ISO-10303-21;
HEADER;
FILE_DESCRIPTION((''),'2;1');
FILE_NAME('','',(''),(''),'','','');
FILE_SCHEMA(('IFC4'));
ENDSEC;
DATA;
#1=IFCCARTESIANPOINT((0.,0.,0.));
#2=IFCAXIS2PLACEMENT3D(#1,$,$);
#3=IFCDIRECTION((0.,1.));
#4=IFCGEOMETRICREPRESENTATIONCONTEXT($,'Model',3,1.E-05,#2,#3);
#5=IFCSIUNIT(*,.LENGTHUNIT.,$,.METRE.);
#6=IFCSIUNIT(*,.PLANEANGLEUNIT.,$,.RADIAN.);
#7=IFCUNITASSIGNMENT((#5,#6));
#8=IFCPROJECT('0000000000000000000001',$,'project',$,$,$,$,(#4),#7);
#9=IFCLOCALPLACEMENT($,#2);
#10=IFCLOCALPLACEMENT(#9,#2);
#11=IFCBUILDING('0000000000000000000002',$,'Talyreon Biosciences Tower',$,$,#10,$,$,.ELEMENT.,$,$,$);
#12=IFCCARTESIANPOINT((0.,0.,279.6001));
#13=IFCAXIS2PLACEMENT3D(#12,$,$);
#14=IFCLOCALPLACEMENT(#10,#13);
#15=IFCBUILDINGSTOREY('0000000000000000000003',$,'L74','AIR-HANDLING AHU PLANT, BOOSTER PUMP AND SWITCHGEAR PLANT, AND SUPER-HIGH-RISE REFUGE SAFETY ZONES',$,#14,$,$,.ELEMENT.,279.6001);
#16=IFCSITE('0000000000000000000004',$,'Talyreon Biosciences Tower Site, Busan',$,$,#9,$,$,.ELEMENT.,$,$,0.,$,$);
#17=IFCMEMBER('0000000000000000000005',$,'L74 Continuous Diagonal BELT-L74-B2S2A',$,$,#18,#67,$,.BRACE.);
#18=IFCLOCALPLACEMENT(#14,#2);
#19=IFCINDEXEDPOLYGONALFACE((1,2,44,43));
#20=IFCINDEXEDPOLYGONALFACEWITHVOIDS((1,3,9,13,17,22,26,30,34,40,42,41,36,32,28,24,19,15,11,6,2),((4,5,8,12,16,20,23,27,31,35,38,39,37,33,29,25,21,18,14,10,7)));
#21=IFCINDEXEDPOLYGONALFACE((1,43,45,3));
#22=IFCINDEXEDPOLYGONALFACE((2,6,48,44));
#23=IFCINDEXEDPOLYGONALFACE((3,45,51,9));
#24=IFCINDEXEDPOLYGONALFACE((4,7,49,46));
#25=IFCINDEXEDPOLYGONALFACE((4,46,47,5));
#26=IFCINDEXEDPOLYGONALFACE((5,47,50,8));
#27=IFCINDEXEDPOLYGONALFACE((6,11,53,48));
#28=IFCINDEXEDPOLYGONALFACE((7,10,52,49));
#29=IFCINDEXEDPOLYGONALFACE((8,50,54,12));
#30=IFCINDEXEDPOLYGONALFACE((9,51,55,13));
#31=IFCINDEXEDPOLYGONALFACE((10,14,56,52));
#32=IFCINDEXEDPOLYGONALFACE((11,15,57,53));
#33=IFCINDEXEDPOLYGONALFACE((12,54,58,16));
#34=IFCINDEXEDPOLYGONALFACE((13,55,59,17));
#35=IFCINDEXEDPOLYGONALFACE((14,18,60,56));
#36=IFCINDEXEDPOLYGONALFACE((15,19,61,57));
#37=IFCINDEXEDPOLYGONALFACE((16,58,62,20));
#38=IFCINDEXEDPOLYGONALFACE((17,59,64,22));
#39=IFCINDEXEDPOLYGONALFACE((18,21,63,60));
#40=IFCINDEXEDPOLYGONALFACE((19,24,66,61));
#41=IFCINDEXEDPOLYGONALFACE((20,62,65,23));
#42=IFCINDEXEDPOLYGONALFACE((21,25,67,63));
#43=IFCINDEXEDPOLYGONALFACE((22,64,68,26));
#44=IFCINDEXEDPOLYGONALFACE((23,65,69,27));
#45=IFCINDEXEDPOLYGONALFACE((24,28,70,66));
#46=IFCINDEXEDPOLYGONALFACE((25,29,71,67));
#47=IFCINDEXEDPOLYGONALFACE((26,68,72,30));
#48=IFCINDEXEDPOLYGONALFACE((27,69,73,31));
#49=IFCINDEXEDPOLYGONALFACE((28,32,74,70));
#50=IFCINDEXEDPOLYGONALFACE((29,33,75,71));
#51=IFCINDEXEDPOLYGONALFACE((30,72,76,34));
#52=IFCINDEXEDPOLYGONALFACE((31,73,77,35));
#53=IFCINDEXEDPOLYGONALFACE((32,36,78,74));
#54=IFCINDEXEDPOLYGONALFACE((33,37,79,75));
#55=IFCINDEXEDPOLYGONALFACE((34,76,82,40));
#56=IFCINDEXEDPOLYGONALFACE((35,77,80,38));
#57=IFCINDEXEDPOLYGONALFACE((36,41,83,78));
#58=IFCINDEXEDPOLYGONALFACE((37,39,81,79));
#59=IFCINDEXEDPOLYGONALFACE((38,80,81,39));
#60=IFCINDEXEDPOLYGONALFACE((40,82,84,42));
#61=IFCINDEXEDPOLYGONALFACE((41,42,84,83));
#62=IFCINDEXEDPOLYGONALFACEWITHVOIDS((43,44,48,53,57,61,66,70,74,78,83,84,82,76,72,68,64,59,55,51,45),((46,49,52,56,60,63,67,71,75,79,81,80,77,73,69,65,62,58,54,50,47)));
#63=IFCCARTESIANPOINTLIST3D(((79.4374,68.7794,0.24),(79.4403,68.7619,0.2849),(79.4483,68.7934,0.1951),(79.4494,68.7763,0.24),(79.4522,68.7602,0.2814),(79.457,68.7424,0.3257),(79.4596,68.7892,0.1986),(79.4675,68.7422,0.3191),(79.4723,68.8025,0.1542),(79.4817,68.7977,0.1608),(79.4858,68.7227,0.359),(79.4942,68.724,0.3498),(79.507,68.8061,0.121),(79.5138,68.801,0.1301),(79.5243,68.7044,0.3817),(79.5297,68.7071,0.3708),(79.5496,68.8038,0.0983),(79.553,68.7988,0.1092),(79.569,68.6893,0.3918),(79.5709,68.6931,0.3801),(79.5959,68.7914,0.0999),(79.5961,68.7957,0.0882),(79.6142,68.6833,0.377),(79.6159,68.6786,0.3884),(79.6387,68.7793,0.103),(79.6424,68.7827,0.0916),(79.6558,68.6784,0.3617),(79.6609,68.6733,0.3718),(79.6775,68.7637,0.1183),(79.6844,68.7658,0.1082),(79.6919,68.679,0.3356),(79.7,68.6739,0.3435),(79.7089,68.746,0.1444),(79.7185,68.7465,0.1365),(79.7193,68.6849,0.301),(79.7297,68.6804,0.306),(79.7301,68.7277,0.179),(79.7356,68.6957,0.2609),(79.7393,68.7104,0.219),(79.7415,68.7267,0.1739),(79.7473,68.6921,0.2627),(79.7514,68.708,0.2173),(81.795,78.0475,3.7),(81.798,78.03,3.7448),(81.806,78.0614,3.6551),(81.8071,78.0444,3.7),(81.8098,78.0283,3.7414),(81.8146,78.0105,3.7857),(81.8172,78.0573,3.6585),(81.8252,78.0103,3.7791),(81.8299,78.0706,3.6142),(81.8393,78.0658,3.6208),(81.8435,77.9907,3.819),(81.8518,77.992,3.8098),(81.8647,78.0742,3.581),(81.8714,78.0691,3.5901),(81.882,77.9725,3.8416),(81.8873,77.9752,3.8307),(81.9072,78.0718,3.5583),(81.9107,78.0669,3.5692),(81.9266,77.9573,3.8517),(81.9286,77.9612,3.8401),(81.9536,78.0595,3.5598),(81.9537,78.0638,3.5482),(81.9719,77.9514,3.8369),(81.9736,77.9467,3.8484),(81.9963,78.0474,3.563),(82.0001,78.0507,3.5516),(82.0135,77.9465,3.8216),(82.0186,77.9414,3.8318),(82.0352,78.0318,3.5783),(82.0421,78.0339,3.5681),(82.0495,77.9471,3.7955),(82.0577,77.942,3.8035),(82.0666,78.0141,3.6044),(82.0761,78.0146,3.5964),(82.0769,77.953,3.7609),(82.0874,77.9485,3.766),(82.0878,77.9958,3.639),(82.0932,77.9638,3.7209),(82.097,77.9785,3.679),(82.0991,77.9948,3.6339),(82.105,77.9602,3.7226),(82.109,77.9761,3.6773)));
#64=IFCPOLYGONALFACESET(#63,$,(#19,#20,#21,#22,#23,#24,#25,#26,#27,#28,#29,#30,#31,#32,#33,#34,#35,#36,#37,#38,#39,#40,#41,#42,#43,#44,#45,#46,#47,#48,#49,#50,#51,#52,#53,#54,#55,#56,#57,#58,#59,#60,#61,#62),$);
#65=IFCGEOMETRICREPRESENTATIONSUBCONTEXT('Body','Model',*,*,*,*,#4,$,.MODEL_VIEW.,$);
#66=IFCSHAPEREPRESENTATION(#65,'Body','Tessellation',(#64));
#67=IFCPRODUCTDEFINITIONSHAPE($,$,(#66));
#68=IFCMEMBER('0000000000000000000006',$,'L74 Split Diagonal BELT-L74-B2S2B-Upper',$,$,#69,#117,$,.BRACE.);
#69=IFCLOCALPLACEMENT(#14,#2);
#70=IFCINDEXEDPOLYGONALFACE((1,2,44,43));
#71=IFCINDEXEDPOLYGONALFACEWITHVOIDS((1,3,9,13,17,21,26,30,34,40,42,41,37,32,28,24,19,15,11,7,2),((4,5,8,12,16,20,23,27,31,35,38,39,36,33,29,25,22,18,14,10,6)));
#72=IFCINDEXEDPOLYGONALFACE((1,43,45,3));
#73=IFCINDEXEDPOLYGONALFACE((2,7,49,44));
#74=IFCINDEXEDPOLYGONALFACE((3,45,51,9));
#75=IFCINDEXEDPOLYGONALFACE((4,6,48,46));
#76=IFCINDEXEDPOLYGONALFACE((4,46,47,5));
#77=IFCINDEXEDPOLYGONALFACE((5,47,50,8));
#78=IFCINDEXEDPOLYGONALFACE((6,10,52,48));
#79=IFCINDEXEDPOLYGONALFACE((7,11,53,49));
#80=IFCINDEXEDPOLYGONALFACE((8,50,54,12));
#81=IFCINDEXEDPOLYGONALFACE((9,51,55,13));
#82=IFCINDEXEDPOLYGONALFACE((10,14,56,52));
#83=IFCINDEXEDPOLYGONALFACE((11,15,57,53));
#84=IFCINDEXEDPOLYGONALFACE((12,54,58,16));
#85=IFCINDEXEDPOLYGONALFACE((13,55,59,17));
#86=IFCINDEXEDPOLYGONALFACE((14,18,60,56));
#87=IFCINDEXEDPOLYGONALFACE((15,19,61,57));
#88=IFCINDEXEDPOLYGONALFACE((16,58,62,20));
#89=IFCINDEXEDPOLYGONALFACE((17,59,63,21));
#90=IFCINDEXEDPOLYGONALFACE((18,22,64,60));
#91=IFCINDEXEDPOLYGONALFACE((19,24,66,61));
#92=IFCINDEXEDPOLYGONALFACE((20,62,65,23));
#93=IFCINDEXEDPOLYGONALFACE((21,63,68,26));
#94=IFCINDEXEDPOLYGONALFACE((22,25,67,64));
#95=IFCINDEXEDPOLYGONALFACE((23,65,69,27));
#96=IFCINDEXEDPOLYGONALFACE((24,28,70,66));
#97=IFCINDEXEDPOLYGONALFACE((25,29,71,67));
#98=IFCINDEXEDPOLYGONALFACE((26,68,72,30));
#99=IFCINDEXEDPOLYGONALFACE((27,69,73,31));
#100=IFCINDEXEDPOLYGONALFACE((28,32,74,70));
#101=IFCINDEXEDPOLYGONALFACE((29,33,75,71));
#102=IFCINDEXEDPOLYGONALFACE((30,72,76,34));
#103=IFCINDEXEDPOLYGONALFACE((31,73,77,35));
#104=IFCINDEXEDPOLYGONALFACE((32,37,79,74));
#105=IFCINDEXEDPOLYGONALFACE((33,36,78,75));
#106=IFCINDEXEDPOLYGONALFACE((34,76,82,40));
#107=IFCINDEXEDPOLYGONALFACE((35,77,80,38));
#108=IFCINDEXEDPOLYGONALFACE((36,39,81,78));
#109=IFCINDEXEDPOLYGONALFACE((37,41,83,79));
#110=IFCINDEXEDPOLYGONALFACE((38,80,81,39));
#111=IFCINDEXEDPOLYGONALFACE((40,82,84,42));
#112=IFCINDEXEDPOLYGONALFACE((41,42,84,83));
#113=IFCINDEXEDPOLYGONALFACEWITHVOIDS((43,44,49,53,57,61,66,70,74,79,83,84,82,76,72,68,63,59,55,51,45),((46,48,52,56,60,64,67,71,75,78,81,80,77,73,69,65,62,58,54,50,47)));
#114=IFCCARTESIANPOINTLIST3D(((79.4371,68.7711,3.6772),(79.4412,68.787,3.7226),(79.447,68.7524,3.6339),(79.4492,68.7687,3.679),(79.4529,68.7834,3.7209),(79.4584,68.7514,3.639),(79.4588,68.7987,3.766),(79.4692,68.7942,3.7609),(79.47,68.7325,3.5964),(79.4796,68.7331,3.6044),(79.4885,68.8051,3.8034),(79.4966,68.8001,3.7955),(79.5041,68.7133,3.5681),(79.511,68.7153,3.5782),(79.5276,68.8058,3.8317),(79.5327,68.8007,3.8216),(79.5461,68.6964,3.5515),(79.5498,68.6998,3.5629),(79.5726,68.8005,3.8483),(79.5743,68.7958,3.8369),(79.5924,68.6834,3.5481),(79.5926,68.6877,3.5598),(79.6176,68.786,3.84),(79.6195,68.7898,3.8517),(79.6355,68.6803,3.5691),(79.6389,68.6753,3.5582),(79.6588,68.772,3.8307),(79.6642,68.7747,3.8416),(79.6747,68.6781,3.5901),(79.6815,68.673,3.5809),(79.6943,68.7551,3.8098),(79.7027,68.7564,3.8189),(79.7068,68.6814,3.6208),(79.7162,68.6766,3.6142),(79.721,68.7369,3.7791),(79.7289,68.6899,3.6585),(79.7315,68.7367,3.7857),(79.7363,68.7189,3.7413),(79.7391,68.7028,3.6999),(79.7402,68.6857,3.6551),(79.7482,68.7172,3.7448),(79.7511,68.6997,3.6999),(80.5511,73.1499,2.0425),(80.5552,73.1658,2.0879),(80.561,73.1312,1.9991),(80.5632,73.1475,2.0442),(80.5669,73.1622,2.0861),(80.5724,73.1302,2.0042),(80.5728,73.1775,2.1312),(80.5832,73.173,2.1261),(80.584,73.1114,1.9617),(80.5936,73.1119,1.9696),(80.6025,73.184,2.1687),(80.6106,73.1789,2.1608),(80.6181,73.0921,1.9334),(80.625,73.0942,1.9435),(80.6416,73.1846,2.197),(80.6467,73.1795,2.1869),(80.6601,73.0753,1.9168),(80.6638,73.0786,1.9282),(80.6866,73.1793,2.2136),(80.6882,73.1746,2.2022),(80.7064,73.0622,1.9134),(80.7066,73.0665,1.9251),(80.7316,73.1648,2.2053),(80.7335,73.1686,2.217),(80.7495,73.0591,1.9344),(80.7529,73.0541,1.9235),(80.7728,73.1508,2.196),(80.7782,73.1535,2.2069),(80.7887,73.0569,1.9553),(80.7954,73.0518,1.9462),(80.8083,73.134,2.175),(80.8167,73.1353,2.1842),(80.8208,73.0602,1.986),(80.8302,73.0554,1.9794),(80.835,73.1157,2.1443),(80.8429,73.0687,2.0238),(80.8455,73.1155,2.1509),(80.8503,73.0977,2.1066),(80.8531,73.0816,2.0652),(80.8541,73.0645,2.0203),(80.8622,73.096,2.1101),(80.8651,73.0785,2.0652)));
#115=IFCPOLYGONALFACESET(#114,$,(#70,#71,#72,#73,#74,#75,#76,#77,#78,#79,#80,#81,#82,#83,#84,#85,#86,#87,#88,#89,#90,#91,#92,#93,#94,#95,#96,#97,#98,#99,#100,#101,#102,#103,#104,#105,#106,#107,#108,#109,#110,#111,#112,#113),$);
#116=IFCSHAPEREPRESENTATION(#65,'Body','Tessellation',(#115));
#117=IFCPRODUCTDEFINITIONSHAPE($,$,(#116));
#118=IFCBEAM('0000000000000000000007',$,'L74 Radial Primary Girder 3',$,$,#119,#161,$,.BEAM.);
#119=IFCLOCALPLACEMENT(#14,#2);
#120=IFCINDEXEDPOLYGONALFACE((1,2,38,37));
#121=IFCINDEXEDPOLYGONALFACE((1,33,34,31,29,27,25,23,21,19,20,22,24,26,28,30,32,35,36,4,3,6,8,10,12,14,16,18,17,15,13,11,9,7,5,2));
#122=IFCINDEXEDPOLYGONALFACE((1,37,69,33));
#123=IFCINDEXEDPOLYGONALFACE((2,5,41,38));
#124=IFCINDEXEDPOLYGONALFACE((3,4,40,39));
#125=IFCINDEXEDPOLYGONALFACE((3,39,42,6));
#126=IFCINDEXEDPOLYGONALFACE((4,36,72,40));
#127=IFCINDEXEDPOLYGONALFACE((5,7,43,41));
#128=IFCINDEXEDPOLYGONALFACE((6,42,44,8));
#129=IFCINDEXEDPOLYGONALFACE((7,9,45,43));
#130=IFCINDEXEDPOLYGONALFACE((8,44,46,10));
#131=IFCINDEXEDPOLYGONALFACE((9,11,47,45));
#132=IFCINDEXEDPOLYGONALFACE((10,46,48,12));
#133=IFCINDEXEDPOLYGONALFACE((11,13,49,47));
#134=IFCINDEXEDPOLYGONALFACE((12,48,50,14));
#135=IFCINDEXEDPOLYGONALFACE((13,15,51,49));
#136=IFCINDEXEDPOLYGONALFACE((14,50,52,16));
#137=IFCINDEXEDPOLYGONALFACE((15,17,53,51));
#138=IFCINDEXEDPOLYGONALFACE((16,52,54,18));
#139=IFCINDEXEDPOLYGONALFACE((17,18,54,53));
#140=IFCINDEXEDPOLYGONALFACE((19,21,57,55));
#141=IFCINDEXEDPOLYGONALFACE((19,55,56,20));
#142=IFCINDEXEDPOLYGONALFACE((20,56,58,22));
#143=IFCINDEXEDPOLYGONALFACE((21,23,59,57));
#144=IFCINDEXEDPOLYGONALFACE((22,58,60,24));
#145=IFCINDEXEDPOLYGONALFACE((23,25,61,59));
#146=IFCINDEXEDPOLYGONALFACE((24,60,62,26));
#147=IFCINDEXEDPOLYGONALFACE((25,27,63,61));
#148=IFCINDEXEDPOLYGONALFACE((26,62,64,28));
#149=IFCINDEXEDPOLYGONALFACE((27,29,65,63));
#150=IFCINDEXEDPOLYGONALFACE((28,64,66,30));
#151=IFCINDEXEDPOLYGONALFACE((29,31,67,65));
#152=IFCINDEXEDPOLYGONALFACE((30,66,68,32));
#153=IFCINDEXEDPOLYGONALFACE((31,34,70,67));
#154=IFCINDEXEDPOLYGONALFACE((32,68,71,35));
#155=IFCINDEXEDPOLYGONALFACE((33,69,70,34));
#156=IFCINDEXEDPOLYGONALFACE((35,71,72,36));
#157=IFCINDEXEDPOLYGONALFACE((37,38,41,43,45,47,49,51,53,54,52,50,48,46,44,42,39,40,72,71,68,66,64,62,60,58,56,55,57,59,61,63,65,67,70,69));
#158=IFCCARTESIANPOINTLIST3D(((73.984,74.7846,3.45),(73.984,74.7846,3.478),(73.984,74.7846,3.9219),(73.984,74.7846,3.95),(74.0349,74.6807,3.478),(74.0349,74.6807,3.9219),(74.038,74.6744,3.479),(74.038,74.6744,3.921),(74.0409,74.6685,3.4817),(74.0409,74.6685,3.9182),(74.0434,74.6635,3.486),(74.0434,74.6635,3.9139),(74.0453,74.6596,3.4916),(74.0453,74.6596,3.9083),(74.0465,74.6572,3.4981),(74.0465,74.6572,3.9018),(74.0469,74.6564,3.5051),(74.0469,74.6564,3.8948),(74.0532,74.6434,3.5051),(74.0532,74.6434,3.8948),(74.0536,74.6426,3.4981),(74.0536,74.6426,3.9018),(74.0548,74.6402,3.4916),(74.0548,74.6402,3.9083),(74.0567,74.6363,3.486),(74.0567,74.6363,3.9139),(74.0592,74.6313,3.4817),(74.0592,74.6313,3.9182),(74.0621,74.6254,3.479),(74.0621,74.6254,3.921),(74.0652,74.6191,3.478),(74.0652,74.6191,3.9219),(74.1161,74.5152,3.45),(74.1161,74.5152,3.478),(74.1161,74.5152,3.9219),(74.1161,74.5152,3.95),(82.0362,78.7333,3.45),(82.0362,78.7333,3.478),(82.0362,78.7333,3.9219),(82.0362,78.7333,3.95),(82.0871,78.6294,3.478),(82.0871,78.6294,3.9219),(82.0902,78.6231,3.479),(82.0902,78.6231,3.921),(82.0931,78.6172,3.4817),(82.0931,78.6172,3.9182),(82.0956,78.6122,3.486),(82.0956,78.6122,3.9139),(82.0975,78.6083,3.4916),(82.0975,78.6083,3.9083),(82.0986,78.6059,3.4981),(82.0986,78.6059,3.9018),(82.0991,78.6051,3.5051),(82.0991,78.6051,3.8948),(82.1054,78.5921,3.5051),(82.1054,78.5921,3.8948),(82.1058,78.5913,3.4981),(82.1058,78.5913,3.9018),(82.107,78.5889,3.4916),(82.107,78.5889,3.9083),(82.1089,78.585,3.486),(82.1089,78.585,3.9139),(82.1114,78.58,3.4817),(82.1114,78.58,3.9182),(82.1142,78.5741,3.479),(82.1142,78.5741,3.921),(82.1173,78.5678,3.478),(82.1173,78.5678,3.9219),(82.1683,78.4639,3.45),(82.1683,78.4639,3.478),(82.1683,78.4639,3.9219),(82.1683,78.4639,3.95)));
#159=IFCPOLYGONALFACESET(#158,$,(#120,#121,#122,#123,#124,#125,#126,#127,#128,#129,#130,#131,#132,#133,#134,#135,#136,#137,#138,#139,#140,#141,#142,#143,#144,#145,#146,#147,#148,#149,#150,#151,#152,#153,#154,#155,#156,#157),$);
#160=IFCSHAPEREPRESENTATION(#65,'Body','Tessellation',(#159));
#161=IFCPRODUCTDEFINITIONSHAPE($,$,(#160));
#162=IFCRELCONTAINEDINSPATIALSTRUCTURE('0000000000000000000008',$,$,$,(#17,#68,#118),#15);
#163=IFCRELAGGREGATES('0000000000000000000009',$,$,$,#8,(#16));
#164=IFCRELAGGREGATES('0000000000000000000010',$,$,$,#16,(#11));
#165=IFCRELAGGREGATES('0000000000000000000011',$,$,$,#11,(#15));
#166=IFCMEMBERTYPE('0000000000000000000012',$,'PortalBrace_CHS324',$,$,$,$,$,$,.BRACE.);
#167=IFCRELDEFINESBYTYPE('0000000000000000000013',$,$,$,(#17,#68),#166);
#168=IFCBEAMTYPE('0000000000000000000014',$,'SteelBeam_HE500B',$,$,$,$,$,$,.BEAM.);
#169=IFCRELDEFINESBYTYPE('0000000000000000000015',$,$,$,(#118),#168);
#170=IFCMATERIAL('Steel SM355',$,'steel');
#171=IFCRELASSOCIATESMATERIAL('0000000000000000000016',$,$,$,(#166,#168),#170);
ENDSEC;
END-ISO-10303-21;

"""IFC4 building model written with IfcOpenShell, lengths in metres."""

from ifc_helpers import new_model, si_unit, direction, frame, origin, origin_2d, place, context, subcontext, project, spatial, hollow_circle, i_section, extrude, material, material_profile, profile_set, type_object, element, save


model = new_model("IFC4")

# Units and contexts
model_context = context("Model", 3, precision=1e-05, world=origin(), true_north=direction((0.0, 1.0)))
body_context = subcontext(model_context, "Body", "Model", "MODEL_VIEW")
ifc_project = project(units=[si_unit("LENGTHUNIT", "METRE"), si_unit("PLANEANGLEUNIT", "RADIAN")], contexts=[model_context])

# Site, building, storey
site_placement = place(None, origin())
site = spatial("IfcSite", under=ifc_project, at=site_placement, Name="Talyreon Biosciences Tower Site, Busan", CompositionType="ELEMENT", RefElevation=0.0)
building_placement = place(site_placement, origin())
building = spatial("IfcBuilding", under=site, at=building_placement, Name="Talyreon Biosciences Tower", CompositionType="ELEMENT")
storey_placement = place(building_placement, frame((0.0, 0.0, 279.6001)))
storey = spatial("IfcBuildingStorey", under=building, at=storey_placement, Name="L74", Description="AIR-HANDLING AHU PLANT, BOOSTER PUMP AND SWITCHGEAR PLANT, AND SUPER-HIGH-RISE REFUGE SAFETY ZONES", CompositionType="ELEMENT", Elevation=279.6001)

# Shared definitions
ifc_material_1 = material(Name="Steel SM355", Category="steel")

# Members
ifc_material_profile_1 = material_profile(ifc_material_1, hollow_circle(Radius=0.1619, WallThickness=0.0125, at=origin_2d()), Name="CHS 323.9x12.5")
ifc_profile_set_1 = profile_set([ifc_material_profile_1], Name="Steel SM355")
member_type_1 = type_object("IfcMemberType", Name="PortalBrace_CHS324", PredefinedType="BRACE", material=ifc_profile_set_1)
member_1_placement = place(storey_placement, frame((79.5942, 68.7395, 0.24), z_axis=(0.231828, 0.911323, 0.340216), x_axis=(-0.969134, 0.246534, 0.0)))
element("IfcMember", 1, at=member_1_placement, inside=storey, type_object=member_type_1, Name="L74 Continuous Diagonal BELT-L74-B2S2A", PredefinedType="BRACE", context=body_context, shape_type="SweptSolid", body=[
    extrude(hollow_circle(Radius=0.1619, WallThickness=0.0125, at=origin_2d()), origin(), (0.0, 0.0, 1.0), 10.1699),
])
member_2_placement = place(storey_placement, frame((80.7083, 73.1184, 2.0652), z_axis=(-0.231843, -0.911317, 0.34022), x_axis=(0.96913, -0.246551, 0.0)))
element("IfcMember", 2, at=member_2_placement, inside=storey, type_object=member_type_1, Name="L74 Split Diagonal BELT-L74-B2S2B-Upper", PredefinedType="BRACE", context=body_context, shape_type="SweptSolid", body=[
    extrude(hollow_circle(Radius=0.1619, WallThickness=0.0125, at=origin_2d()), origin(), (0.0, 0.0, 1.0), 4.8049),
])

# Beam
ifc_material_profile_2 = material_profile(ifc_material_1, i_section(OverallWidth=0.3, OverallDepth=0.5, WebThickness=0.0144, FlangeThickness=0.0281, FilletRadius=0.0271, at=origin_2d()), Name="HE500B")
ifc_profile_set_2 = profile_set([ifc_material_profile_2], Name="Steel SM355")
beam_type_1 = type_object("IfcBeamType", Name="SteelBeam_HE500B", PredefinedType="BEAM", material=ifc_profile_set_2)
beam_1_placement = place(storey_placement, frame((74.05, 74.6499, 3.7), z_axis=(0.897852, 0.440297, 0.0), x_axis=(-0.440297, 0.897852, 0.0)))
element("IfcBeam", 3, at=beam_1_placement, inside=storey, type_object=beam_type_1, Name="L74 Radial Primary Girder 3", PredefinedType="BEAM", context=body_context, shape_type="SweptSolid", body=[
    extrude(i_section(OverallWidth=0.3, OverallDepth=0.5, WebThickness=0.0144, FlangeThickness=0.0281, FilletRadius=0.0271, at=origin_2d()), origin(), (0.0, 0.0, 1.0), 8.9683),
])

save(model, "model.ifc")
